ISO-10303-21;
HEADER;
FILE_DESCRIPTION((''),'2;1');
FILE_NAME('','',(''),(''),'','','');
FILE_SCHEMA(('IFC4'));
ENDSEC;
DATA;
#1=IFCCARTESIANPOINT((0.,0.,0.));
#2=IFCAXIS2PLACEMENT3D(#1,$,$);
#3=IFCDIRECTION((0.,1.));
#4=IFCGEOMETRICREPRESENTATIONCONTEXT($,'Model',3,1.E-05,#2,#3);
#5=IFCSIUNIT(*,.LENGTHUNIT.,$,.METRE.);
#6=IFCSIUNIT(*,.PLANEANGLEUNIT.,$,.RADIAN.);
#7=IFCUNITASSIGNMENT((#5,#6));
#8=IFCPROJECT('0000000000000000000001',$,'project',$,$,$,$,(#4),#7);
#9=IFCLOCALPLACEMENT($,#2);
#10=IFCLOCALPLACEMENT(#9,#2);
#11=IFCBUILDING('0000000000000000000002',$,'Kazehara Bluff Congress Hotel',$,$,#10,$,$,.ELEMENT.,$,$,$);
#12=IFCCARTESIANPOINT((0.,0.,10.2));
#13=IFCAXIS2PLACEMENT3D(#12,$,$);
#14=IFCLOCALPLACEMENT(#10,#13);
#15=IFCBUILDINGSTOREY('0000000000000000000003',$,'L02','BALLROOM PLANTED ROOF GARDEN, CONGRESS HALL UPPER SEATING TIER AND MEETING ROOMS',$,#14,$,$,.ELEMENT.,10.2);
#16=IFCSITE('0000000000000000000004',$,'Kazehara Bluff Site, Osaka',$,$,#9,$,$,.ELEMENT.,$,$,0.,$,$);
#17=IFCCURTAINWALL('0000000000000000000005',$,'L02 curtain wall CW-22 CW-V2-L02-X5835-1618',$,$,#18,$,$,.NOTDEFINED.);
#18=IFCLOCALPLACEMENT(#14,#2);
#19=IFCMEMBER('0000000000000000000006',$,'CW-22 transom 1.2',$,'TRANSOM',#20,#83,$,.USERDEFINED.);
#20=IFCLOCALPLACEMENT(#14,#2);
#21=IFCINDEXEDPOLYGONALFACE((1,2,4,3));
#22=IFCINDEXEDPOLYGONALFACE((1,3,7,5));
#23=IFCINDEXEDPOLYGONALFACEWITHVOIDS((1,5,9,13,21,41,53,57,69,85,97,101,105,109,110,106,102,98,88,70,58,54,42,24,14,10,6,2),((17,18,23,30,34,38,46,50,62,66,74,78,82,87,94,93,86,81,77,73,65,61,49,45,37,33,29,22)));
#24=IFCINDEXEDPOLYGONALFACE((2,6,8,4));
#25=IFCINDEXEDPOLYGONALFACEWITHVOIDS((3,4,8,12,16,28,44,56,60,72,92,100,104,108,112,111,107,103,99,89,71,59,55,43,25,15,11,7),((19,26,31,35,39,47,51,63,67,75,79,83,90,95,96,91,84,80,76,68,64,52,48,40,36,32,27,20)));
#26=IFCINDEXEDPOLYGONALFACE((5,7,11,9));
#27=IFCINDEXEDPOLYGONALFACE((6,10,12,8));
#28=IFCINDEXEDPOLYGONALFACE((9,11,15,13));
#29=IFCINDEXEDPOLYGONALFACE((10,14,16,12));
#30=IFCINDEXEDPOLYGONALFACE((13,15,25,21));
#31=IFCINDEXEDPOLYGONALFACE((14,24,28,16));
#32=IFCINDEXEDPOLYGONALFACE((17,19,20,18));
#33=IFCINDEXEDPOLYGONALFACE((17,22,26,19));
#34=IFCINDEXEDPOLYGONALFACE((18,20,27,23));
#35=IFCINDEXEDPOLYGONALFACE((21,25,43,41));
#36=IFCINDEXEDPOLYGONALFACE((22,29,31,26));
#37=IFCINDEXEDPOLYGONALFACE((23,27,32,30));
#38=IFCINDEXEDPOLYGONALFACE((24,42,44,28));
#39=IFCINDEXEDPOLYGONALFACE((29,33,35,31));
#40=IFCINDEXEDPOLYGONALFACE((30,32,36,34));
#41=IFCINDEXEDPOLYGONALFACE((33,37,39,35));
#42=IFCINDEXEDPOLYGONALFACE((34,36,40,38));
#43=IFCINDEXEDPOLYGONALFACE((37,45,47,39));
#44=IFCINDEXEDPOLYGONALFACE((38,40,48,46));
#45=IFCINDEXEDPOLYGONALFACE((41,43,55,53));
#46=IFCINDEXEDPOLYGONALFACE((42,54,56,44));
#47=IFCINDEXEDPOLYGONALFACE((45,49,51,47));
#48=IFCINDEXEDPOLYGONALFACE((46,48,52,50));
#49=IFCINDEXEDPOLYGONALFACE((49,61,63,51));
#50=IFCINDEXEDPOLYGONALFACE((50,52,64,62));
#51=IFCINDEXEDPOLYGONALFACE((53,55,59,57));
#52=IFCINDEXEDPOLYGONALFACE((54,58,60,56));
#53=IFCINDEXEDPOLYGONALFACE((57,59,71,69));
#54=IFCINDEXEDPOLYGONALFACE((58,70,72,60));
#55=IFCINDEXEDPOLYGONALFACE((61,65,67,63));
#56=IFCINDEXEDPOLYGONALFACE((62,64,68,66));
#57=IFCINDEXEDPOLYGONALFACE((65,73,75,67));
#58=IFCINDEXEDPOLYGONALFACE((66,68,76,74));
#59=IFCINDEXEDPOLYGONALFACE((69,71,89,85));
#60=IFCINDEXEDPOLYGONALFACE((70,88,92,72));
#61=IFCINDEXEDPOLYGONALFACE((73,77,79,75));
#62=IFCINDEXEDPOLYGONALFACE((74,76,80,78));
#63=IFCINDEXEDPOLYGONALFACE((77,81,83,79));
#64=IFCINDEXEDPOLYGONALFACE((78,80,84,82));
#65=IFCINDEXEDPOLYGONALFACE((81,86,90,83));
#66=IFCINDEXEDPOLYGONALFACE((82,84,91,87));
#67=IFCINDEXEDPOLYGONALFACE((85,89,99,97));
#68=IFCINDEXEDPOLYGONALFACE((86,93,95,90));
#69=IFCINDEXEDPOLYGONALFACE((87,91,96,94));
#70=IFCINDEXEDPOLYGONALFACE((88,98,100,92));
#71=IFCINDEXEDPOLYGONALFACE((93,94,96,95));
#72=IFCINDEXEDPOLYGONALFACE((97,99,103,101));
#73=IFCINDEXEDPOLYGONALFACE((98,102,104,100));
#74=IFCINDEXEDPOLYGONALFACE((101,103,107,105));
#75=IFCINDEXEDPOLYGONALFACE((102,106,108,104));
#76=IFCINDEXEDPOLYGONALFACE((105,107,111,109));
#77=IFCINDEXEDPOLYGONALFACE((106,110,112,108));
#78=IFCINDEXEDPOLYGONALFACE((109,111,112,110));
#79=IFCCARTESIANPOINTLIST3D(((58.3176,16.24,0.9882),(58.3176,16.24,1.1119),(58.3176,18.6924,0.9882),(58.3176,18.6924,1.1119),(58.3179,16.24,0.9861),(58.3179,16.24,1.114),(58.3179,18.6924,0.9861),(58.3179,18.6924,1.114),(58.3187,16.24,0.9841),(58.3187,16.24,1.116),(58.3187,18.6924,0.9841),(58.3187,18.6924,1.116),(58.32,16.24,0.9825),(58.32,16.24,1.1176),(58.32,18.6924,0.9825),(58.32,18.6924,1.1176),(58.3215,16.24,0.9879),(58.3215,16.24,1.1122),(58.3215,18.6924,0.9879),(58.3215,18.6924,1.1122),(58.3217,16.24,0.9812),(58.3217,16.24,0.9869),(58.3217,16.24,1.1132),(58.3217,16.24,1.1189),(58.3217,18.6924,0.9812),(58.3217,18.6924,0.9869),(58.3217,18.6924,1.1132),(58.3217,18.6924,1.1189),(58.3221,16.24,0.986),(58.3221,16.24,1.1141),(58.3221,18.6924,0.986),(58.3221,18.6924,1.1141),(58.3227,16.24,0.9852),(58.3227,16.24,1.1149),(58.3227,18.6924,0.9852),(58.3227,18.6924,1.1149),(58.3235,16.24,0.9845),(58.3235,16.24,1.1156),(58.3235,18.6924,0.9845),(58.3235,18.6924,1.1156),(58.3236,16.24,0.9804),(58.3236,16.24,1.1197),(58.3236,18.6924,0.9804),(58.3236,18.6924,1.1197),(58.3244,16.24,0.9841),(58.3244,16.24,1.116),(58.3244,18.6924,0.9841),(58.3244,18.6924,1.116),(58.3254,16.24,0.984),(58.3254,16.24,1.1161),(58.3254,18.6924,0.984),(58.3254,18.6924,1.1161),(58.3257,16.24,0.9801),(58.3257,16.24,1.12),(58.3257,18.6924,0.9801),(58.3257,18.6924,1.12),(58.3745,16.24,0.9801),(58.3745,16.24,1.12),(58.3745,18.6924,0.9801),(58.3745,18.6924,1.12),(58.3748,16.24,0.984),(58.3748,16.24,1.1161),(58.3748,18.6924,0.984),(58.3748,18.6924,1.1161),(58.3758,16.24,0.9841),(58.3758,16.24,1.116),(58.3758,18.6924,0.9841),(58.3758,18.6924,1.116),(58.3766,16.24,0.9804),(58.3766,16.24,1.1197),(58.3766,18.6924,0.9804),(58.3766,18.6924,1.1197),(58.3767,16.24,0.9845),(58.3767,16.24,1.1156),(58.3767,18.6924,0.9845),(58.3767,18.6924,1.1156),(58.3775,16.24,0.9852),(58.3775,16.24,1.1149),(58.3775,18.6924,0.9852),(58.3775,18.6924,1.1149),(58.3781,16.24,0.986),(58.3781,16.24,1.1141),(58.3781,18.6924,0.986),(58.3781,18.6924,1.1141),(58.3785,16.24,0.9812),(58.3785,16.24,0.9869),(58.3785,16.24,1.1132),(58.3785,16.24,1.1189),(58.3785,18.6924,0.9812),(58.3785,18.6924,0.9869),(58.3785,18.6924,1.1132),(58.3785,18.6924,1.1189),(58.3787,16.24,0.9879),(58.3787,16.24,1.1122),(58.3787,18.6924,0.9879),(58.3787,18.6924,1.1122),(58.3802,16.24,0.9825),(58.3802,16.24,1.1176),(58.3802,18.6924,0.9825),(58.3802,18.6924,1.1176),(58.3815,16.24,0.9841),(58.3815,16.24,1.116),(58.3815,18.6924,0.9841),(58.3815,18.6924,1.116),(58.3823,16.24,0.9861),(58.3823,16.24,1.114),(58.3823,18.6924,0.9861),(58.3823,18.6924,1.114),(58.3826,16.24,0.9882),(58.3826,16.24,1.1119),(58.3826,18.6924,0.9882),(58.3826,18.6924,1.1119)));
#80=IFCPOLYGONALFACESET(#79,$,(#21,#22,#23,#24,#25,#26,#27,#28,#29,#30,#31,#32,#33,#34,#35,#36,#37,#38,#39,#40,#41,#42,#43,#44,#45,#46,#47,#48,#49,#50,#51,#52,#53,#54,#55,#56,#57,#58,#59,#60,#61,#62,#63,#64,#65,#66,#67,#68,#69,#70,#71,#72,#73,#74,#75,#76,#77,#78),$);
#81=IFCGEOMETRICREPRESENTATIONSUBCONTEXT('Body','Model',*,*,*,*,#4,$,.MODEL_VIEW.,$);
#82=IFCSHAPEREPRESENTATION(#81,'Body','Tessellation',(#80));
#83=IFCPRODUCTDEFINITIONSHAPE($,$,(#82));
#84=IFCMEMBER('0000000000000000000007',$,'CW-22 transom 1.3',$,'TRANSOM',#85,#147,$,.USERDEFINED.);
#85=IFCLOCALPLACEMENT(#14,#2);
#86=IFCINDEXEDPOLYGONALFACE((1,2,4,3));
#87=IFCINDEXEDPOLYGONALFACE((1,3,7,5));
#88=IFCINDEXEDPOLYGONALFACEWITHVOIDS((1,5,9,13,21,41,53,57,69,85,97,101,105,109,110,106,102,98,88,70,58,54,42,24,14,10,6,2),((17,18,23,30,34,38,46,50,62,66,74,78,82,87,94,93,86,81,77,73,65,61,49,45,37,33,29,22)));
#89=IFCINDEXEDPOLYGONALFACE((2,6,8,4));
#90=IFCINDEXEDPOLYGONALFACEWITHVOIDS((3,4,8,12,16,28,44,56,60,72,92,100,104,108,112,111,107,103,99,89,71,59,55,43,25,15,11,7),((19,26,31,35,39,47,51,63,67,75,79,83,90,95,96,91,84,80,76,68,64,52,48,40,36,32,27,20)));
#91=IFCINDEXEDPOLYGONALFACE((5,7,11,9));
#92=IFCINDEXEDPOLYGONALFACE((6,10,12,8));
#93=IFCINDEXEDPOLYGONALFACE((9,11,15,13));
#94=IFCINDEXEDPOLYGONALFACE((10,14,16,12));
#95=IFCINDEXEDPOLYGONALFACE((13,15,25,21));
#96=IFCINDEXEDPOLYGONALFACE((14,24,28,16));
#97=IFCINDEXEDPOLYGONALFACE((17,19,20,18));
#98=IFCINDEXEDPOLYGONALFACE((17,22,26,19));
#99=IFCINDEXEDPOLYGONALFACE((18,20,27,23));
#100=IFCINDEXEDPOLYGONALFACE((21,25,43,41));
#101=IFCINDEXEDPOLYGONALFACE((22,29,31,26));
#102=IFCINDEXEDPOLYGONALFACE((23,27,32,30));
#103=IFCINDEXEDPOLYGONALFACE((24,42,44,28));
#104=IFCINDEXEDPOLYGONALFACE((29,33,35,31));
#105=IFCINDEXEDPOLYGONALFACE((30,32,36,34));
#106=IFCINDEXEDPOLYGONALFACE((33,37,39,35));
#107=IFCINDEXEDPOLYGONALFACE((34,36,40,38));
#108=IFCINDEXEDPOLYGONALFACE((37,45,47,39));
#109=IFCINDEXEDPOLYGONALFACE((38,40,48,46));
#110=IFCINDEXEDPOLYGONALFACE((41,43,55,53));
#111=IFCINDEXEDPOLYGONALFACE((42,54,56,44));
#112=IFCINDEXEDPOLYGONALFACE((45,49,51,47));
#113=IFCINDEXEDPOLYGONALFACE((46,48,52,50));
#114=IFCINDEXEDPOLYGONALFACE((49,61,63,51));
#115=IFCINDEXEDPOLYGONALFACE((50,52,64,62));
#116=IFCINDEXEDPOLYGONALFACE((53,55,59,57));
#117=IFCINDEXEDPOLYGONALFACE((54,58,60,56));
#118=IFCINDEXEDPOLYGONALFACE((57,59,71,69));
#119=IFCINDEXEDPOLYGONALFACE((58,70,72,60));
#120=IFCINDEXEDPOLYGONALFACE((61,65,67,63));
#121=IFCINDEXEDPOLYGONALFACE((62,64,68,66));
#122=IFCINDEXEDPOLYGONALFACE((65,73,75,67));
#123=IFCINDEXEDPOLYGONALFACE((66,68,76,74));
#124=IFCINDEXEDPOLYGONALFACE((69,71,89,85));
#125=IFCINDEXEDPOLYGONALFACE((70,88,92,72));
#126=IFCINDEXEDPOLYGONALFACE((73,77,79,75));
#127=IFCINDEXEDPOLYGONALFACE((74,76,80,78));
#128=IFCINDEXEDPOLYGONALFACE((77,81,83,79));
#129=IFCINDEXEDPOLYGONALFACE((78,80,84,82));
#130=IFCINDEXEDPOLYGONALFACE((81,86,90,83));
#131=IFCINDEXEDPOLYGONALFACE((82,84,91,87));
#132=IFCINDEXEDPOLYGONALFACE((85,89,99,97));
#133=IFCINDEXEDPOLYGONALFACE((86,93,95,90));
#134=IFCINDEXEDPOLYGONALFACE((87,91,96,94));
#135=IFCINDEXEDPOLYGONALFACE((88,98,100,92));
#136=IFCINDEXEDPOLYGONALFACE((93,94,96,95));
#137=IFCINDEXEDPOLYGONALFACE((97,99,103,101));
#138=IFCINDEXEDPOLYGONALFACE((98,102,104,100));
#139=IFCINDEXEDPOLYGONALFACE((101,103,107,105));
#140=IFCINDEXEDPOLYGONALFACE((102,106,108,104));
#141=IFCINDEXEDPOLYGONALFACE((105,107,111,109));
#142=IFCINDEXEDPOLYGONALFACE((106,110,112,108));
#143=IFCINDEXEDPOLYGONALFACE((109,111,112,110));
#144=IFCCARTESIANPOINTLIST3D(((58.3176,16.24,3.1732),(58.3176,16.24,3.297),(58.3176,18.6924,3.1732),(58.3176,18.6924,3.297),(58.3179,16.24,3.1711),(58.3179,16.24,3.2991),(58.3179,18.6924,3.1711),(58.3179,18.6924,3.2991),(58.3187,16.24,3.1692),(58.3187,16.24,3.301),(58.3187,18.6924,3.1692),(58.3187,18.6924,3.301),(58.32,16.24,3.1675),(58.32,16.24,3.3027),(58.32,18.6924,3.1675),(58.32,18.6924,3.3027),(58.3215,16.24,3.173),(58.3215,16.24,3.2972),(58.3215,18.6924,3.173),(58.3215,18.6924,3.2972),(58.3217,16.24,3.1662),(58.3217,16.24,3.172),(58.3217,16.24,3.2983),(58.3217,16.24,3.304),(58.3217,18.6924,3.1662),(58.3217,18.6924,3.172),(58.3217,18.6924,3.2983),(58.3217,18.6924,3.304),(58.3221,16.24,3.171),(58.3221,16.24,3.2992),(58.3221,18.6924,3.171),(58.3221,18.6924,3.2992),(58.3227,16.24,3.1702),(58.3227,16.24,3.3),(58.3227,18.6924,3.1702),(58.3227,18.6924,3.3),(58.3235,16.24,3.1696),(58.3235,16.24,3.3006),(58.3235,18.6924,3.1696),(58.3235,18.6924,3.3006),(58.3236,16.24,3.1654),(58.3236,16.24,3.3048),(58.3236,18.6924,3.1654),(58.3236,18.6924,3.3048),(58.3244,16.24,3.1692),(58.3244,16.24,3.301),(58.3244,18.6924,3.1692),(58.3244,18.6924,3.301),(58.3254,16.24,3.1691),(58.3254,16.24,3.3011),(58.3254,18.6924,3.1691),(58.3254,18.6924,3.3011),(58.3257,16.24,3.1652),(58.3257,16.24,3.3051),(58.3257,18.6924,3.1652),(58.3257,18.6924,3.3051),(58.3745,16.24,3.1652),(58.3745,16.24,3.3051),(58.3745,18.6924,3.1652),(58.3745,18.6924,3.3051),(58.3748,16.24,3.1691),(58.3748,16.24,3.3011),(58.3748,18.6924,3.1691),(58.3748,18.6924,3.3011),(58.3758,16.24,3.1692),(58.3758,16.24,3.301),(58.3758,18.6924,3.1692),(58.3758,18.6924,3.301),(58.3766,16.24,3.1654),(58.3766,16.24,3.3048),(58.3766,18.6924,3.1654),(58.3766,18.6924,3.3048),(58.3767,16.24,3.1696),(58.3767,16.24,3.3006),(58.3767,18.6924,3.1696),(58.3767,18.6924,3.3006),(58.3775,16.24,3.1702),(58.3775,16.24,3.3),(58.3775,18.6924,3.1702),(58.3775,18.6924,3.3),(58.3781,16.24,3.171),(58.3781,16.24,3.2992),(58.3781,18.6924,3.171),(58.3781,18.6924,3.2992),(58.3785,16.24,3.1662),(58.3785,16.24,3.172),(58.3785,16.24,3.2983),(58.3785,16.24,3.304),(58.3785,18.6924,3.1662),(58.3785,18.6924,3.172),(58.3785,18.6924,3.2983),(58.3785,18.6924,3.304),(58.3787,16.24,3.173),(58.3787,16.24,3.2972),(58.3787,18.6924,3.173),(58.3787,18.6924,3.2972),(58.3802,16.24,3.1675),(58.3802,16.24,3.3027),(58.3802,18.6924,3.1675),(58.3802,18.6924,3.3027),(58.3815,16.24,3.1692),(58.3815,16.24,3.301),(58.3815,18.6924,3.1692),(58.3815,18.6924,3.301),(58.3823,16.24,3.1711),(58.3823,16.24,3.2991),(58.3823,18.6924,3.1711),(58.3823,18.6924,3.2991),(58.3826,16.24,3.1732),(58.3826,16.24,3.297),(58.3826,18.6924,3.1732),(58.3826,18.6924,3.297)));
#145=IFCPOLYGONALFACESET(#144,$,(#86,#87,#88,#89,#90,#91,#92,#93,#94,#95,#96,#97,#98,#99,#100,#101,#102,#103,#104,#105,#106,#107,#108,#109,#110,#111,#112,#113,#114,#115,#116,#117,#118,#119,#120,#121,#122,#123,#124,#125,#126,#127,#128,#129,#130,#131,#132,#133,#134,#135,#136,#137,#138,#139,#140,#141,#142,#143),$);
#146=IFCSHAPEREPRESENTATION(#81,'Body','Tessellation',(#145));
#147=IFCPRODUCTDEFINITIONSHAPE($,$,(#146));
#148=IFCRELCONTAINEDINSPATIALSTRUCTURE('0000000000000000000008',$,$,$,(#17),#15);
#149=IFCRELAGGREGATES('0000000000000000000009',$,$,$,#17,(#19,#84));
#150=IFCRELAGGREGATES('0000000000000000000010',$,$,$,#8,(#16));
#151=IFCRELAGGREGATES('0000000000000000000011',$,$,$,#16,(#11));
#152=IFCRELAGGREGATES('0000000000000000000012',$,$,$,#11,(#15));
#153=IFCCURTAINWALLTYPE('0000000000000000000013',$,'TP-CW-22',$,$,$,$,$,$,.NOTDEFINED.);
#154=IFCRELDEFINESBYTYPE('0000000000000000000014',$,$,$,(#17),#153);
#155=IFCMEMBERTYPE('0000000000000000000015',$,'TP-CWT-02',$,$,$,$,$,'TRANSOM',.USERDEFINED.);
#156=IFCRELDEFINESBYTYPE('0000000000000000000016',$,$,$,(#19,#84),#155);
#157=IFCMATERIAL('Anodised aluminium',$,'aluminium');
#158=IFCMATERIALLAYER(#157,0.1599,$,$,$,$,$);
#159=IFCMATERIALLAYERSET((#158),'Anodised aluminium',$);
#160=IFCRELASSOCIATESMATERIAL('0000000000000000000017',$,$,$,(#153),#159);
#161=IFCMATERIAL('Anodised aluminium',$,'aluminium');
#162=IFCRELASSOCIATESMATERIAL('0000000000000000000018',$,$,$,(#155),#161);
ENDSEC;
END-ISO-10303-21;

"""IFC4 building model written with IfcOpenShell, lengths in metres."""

from ifc_helpers import new_model, si_unit, direction, frame, origin, origin_2d, place, context, subcontext, project, spatial, hollow_rectangle, extrude, material, layer, layer_set, material_profile, profile_set, type_object, element, aggregate, save


model = new_model("IFC4")

# Units and contexts
model_context = context("Model", 3, precision=1e-05, world=origin(), true_north=direction((0.0, 1.0)))
body_context = subcontext(model_context, "Body", "Model", "MODEL_VIEW")
ifc_project = project(units=[si_unit("LENGTHUNIT", "METRE"), si_unit("PLANEANGLEUNIT", "RADIAN")], contexts=[model_context])

# Site, building, storey
site_placement = place(None, origin())
site = spatial("IfcSite", under=ifc_project, at=site_placement, Name="Kazehara Bluff Site, Osaka", CompositionType="ELEMENT", RefElevation=0.0)
building_placement = place(site_placement, origin())
building = spatial("IfcBuilding", under=site, at=building_placement, Name="Kazehara Bluff Congress Hotel", CompositionType="ELEMENT")
storey_placement = place(building_placement, frame((0.0, 0.0, 10.2)))
storey = spatial("IfcBuildingStorey", under=building, at=storey_placement, Name="L02", Description="BALLROOM PLANTED ROOF GARDEN, CONGRESS HALL UPPER SEATING TIER AND MEETING ROOMS", CompositionType="ELEMENT", Elevation=10.2)

# Curtain wall
ifc_material_1 = material(Name="Anodised aluminium", Category="aluminium")
ifc_layer_1 = layer(ifc_material_1, 0.1599)
ifc_layer_set_1 = layer_set([ifc_layer_1], Name="Anodised aluminium")
curtain_wall_type_1 = type_object("IfcCurtainWallType", Name="TP-CW-22", PredefinedType="NOTDEFINED", material=ifc_layer_set_1)
curtain_wall_1_placement = place(storey_placement, origin())
curtain_wall_1 = element("IfcCurtainWall", 1, at=curtain_wall_1_placement, inside=storey, type_object=curtain_wall_type_1, Name="L02 curtain wall CW-22 CW-V2-L02-X5835-1618", PredefinedType="NOTDEFINED")

# Members
ifc_material_2 = material(Name="Anodised aluminium", Category="aluminium")
ifc_material_profile_1 = material_profile(ifc_material_2, hollow_rectangle(XDim=0.0649, YDim=0.1399, WallThickness=0.0039, InnerFilletRadius=0.0039, OuterFilletRadius=0.0081, at=origin_2d()))
ifc_profile_set_1 = profile_set([ifc_material_profile_1], Name="Anodised aluminium")
member_type_1 = type_object("IfcMemberType", Name="TP-CWT-02", ElementType="TRANSOM", PredefinedType="USERDEFINED", material=ifc_profile_set_1)
member_1_placement = place(storey_placement, frame((58.3501, 16.24, 1.05), z_axis=(0.0, 1.0, 0.0), x_axis=(-1.0, 0.0, 0.0)))
member_1 = element("IfcMember", 2, at=member_1_placement, type_object=member_type_1, Name="CW-22 transom 1.2", ObjectType="TRANSOM", PredefinedType="USERDEFINED", context=body_context, shape_type="SweptSolid", body=[
    extrude(hollow_rectangle(XDim=0.0649, YDim=0.1399, WallThickness=0.0039, InnerFilletRadius=0.0039, OuterFilletRadius=0.0081, at=origin_2d()), origin(), (0.0, 0.0, 1.0), 2.4524),
])
member_2_placement = place(storey_placement, frame((58.3501, 16.24, 3.2351), z_axis=(0.0, 1.0, 0.0), x_axis=(-1.0, 0.0, 0.0)))
member_2 = element("IfcMember", 3, at=member_2_placement, type_object=member_type_1, Name="CW-22 transom 1.3", ObjectType="TRANSOM", PredefinedType="USERDEFINED", context=body_context, shape_type="SweptSolid", body=[
    extrude(hollow_rectangle(XDim=0.0649, YDim=0.1399, WallThickness=0.0039, InnerFilletRadius=0.0039, OuterFilletRadius=0.0081, at=origin_2d()), origin(), (0.0, 0.0, 1.0), 2.4524),
])

aggregate(curtain_wall_1, [member_1, member_2])

save(model, "model.ifc")
